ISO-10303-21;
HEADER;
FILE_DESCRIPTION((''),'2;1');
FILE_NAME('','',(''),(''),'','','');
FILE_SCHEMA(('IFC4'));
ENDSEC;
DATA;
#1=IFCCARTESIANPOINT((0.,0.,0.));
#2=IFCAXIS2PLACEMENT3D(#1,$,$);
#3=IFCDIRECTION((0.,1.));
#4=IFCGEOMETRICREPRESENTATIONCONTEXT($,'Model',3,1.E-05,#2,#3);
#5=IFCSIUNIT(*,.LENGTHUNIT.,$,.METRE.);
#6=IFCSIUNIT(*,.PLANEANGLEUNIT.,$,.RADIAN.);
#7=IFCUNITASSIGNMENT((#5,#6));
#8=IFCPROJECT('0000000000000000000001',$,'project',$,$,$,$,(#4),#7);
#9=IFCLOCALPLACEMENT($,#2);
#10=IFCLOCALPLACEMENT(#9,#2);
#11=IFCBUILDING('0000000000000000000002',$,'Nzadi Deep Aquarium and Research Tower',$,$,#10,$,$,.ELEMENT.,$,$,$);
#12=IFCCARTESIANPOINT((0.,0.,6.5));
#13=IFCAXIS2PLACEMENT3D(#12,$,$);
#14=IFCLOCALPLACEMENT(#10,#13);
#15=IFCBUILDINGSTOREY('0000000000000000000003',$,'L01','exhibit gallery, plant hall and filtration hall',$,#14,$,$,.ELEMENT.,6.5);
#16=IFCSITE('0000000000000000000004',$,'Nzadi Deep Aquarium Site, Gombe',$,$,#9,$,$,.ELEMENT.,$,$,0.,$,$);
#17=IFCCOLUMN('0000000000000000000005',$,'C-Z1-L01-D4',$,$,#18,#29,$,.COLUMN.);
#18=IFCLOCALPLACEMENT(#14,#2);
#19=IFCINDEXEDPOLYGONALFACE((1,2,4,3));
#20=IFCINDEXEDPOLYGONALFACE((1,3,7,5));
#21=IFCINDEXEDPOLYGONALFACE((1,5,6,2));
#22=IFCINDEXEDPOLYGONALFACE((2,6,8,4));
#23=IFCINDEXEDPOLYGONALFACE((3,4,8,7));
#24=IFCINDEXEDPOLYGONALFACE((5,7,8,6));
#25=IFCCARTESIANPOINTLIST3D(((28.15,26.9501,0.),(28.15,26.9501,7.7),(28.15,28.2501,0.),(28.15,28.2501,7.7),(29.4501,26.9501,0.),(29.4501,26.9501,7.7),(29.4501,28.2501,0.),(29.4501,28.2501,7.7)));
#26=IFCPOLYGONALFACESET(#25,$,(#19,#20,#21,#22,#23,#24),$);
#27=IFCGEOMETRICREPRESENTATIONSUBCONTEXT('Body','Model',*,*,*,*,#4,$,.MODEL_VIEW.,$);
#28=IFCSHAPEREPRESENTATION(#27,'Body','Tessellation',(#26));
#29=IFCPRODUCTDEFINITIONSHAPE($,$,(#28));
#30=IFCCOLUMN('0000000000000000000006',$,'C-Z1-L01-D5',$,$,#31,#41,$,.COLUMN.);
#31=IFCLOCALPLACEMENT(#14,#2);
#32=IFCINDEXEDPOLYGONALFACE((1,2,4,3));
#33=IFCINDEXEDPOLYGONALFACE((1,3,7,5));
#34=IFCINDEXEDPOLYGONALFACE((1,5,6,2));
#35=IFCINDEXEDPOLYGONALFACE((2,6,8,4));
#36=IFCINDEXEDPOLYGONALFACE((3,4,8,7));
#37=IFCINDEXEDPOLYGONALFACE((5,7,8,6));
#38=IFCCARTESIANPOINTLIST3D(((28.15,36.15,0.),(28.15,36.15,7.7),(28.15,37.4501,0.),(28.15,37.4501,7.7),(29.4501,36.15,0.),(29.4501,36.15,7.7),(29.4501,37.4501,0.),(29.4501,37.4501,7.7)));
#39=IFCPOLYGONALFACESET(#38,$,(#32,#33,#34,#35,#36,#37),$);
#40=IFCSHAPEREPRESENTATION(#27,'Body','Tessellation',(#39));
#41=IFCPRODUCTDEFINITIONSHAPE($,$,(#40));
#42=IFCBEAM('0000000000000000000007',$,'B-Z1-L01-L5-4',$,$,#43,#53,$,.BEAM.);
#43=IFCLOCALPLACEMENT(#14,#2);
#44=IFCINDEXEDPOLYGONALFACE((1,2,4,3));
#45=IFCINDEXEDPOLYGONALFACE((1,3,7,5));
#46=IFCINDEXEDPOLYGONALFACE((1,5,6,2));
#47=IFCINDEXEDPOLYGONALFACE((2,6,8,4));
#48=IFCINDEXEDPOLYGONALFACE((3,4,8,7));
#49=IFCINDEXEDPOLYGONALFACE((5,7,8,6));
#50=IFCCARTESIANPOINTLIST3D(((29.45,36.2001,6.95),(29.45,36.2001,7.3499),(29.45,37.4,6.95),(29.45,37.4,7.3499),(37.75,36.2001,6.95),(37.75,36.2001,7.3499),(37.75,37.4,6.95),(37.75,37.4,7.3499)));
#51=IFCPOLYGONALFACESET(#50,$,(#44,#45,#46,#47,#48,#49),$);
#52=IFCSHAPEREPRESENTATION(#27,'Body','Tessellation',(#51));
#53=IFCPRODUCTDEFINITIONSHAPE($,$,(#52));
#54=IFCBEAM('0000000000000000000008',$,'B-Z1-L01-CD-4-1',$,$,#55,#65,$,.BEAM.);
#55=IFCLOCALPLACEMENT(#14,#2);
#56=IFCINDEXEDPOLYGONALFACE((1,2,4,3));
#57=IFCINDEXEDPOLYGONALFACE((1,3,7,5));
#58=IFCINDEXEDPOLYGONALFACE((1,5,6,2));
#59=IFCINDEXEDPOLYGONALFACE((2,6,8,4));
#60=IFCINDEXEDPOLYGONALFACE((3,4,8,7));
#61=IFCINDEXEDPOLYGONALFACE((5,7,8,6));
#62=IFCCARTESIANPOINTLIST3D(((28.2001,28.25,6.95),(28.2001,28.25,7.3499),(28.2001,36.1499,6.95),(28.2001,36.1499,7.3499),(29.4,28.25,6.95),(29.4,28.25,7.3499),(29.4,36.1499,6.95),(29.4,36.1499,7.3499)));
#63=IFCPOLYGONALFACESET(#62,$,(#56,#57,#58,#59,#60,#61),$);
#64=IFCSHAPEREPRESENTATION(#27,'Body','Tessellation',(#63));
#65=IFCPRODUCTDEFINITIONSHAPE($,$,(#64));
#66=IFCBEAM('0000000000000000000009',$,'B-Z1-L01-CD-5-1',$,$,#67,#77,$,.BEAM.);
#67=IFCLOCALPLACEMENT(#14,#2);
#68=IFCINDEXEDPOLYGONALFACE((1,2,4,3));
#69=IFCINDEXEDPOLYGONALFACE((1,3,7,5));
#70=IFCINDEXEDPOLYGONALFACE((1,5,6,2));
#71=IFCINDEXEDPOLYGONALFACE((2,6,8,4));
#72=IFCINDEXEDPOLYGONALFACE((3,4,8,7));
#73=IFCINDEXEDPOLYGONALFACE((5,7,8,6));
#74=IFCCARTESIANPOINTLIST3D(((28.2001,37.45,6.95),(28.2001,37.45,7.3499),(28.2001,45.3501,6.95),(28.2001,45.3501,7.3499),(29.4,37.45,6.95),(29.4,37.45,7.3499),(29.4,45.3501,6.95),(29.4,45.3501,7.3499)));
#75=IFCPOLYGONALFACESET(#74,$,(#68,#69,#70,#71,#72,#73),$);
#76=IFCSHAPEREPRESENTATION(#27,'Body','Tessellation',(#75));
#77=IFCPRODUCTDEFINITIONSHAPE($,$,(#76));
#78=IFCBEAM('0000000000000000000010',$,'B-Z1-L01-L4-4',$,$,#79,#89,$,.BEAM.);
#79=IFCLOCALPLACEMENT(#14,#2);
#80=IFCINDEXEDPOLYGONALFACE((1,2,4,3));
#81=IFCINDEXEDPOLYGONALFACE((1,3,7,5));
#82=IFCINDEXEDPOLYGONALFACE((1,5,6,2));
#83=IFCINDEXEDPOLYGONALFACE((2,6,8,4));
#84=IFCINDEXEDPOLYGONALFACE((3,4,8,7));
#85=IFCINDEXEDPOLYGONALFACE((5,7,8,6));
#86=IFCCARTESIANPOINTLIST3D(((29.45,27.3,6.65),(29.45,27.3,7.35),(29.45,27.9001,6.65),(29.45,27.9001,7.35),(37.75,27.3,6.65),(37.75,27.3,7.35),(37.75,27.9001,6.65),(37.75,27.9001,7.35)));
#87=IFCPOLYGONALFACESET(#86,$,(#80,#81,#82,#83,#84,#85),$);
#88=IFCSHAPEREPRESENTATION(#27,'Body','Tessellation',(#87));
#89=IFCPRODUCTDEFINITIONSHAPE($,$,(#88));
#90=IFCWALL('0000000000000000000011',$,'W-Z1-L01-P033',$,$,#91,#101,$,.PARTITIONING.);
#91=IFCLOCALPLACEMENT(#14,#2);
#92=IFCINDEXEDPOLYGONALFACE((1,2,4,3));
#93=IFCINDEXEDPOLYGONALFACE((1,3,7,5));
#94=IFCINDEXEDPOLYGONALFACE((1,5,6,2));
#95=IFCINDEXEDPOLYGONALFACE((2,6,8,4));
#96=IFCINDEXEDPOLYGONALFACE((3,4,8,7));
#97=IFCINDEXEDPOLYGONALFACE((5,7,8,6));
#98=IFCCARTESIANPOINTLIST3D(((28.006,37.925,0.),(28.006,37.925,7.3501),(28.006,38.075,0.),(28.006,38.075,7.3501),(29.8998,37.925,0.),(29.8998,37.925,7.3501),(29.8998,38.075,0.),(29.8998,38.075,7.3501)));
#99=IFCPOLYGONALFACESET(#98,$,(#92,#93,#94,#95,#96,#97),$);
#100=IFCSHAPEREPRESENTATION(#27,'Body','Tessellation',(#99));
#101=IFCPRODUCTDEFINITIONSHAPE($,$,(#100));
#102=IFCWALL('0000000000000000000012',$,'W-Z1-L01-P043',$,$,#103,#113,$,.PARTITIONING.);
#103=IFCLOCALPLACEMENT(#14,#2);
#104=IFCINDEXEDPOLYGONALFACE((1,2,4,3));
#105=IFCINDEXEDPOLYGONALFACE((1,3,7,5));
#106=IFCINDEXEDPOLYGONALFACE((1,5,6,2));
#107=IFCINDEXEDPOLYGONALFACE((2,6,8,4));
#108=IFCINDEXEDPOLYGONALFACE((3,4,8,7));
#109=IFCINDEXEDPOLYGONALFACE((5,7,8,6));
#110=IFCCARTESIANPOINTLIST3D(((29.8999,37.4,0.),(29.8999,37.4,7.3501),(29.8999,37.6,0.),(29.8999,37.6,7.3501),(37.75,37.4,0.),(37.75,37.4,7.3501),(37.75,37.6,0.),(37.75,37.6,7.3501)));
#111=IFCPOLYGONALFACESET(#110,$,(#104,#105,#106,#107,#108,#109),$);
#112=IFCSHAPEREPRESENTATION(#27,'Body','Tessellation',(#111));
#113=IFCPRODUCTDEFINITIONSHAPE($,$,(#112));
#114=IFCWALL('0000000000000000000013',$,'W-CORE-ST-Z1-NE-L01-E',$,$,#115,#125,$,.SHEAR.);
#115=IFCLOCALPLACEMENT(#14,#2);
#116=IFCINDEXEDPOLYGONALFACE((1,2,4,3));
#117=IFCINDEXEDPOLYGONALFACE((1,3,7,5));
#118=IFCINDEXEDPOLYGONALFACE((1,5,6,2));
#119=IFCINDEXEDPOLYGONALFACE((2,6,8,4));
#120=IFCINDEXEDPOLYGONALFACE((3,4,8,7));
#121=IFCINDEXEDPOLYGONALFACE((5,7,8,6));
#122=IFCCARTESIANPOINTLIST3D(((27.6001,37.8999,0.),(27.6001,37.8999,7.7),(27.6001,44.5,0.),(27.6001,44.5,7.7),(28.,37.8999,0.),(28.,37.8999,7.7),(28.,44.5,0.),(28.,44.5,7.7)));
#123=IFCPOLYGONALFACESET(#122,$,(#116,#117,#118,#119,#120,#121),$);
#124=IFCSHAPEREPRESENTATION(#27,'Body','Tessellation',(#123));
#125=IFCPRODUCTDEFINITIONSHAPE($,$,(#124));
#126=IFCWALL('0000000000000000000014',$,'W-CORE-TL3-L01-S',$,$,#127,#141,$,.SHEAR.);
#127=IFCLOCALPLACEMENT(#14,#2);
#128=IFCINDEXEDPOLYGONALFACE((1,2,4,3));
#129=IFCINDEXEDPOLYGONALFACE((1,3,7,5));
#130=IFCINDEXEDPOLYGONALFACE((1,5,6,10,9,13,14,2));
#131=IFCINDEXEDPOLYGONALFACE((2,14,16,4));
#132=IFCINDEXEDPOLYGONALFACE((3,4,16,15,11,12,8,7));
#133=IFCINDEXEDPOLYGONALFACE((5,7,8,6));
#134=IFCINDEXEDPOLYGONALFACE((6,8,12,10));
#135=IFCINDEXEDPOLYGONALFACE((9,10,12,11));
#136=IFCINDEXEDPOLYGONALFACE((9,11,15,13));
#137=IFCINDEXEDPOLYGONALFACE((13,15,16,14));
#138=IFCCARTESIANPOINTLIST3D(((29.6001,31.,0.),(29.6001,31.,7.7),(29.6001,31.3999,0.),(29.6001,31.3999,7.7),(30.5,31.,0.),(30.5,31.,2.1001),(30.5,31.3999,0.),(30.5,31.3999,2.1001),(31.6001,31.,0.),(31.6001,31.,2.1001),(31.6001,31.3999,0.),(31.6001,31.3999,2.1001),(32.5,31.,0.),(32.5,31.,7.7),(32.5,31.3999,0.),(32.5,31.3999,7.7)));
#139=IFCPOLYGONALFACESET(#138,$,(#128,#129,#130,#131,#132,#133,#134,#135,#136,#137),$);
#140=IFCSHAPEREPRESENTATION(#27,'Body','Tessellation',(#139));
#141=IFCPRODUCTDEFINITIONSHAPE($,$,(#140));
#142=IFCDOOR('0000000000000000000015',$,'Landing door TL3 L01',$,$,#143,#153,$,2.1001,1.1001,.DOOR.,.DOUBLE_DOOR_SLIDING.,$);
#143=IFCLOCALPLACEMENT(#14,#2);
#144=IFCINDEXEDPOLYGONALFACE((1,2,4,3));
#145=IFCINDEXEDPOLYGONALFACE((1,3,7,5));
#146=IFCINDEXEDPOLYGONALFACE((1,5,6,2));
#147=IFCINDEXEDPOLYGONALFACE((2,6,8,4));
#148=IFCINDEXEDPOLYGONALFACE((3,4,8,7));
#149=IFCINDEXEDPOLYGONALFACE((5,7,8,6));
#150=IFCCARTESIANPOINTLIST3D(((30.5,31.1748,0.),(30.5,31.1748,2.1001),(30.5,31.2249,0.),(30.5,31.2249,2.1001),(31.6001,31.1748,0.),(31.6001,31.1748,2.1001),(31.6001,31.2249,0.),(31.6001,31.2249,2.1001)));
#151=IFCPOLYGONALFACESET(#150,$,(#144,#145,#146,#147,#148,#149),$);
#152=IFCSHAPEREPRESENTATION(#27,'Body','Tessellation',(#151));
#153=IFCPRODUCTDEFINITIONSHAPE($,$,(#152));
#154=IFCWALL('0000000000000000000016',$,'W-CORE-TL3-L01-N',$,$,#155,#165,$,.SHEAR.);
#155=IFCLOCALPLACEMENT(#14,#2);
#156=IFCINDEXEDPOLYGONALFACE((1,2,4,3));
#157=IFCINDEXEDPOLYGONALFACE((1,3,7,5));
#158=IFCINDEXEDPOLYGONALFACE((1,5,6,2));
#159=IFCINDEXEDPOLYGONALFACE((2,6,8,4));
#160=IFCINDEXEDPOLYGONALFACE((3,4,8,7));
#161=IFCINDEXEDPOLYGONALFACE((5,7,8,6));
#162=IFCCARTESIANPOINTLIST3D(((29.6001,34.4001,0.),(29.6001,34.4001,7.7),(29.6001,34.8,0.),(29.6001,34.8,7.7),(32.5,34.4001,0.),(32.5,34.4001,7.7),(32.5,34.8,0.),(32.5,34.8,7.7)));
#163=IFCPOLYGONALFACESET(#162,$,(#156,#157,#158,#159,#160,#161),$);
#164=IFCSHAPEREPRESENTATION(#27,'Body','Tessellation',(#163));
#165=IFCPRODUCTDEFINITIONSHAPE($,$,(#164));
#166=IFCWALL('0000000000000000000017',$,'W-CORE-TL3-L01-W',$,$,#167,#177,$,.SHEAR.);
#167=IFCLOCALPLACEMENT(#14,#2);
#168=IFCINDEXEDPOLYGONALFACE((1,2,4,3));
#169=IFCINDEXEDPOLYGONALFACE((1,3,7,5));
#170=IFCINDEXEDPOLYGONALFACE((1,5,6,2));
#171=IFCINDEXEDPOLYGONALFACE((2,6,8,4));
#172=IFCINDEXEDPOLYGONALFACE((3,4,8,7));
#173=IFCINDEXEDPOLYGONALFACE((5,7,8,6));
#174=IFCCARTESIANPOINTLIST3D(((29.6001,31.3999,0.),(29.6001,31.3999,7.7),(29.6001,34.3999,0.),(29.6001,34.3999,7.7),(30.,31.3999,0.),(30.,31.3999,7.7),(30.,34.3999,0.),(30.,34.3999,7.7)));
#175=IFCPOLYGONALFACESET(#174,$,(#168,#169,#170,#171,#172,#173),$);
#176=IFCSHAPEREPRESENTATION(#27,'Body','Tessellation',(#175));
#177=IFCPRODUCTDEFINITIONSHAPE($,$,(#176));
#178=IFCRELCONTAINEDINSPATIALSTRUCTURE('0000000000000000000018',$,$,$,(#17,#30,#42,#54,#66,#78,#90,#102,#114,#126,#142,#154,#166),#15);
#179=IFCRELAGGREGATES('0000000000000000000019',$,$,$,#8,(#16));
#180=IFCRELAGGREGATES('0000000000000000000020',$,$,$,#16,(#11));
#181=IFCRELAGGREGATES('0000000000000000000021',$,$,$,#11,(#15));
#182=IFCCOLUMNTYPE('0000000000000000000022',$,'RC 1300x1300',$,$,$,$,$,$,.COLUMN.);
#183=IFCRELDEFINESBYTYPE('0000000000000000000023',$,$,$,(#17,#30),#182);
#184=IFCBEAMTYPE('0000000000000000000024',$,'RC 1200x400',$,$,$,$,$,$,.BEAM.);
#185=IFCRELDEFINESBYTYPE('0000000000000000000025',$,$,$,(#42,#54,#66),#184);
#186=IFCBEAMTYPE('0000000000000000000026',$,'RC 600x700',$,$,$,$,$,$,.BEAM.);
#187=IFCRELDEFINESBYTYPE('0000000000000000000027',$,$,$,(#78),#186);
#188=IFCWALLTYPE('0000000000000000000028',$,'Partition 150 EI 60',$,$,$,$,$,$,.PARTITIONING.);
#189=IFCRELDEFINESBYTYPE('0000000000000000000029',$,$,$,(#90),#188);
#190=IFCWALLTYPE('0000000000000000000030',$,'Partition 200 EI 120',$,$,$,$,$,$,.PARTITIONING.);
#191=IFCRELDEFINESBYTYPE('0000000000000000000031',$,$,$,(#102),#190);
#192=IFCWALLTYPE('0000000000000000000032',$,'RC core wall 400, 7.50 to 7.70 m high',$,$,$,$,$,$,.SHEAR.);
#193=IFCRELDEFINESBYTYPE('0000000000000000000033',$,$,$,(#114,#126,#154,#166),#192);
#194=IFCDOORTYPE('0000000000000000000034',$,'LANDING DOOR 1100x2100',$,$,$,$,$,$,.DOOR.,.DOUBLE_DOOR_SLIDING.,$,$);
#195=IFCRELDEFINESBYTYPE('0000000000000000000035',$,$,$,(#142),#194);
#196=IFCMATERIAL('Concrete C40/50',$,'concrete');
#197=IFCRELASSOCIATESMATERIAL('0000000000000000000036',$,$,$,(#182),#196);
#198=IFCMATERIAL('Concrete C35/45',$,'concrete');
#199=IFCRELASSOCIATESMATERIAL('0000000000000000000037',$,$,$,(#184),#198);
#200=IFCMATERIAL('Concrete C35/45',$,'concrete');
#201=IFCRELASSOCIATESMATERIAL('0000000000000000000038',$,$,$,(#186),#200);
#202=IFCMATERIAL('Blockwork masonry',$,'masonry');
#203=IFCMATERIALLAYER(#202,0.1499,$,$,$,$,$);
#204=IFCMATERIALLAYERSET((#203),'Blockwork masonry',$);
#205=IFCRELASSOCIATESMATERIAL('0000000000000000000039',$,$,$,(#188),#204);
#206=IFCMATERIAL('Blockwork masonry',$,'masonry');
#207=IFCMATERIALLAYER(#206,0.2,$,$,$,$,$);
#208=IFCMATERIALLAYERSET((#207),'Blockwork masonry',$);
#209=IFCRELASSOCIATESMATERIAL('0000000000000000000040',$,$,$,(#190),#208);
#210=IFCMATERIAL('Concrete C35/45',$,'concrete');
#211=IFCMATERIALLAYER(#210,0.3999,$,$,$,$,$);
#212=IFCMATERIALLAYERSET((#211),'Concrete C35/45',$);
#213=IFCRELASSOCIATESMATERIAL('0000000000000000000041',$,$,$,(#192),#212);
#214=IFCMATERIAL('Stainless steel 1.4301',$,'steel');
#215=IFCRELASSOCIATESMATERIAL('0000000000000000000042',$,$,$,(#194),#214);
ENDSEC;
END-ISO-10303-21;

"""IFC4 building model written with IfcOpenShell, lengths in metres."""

from ifc_helpers import new_model, si_unit, direction, frame, frame_2d, origin, origin_2d, place, context, subcontext, project, spatial, rectangle, extrude, material, layer, layer_set, material_profile, profile_set, type_object, element, fill, save


model = new_model("IFC4")

# Units and contexts
model_context = context("Model", 3, precision=1e-05, world=origin(), true_north=direction((0.0, 1.0)))
body_context = subcontext(model_context, "Body", "Model", "MODEL_VIEW")
ifc_project = project(units=[si_unit("LENGTHUNIT", "METRE"), si_unit("PLANEANGLEUNIT", "RADIAN")], contexts=[model_context])

# Site, building, storey
site_placement = place(None, origin())
site = spatial("IfcSite", under=ifc_project, at=site_placement, Name="Nzadi Deep Aquarium Site, Gombe", CompositionType="ELEMENT", RefElevation=0.0)
building_placement = place(site_placement, origin())
building = spatial("IfcBuilding", under=site, at=building_placement, Name="Nzadi Deep Aquarium and Research Tower", CompositionType="ELEMENT")
storey_placement = place(building_placement, frame((0.0, 0.0, 6.5)))
storey = spatial("IfcBuildingStorey", under=building, at=storey_placement, Name="L01", Description="exhibit gallery, plant hall and filtration hall", CompositionType="ELEMENT", Elevation=6.5)

# Columns
ifc_material_1 = material(Name="Concrete C40/50", Category="concrete")
ifc_material_profile_1 = material_profile(ifc_material_1, rectangle(XDim=1.3, YDim=1.3, at=origin_2d()))
ifc_profile_set_1 = profile_set([ifc_material_profile_1], Name="Concrete C40/50")
column_type = type_object("IfcColumnType", Name="RC 1300x1300", PredefinedType="COLUMN", material=ifc_profile_set_1)
for number, where, z_axis, x_axis, name in (
    (1, (28.8, 27.6001, 0.0), (0.0, 0.0, 1.0), (1.0, 0.0, 0.0), "C-Z1-L01-D4"),
    (2, (28.8, 36.8, 0.0), (0.0, 0.0, 1.0), (1.0, 0.0, 0.0), "C-Z1-L01-D5"),
):
    element("IfcColumn", number, at=place(storey_placement, frame(where, z_axis=z_axis, x_axis=x_axis)), inside=storey, type_object=column_type, Name=name, PredefinedType="COLUMN", context=body_context, shape_type="SweptSolid", body=[
        extrude(rectangle(XDim=1.3, YDim=1.3, at=origin_2d()), origin(), (0.0, 0.0, 1.0), 7.7),
    ])

# Beams
ifc_material_2 = material(Name="Concrete C35/45", Category="concrete")
ifc_material_profile_2 = material_profile(ifc_material_2, rectangle(XDim=1.2, YDim=0.3999, at=origin_2d()))
ifc_profile_set_2 = profile_set([ifc_material_profile_2], Name="Concrete C35/45")
beam_type_1 = type_object("IfcBeamType", Name="RC 1200x400", PredefinedType="BEAM", material=ifc_profile_set_2)
beam_1_placement = place(storey_placement, frame((29.45, 36.8, 7.1499), z_axis=(1.0, 0.0, 0.0), x_axis=(0.0, 1.0, 0.0)))
element("IfcBeam", 3, at=beam_1_placement, inside=storey, type_object=beam_type_1, Name="B-Z1-L01-L5-4", PredefinedType="BEAM", context=body_context, shape_type="SweptSolid", body=[
    extrude(rectangle(XDim=1.2, YDim=0.3999, at=origin_2d()), origin(), (0.0, 0.0, 1.0), 8.3),
])
beam_2_placement = place(storey_placement, frame((28.8, 28.25, 7.1499), z_axis=(0.0, 1.0, 0.0), x_axis=(-1.0, 0.0, 0.0)))
element("IfcBeam", 4, at=beam_2_placement, inside=storey, type_object=beam_type_1, Name="B-Z1-L01-CD-4-1", PredefinedType="BEAM", context=body_context, shape_type="SweptSolid", body=[
    extrude(rectangle(XDim=1.2, YDim=0.3999, at=origin_2d()), origin(), (0.0, 0.0, 1.0), 7.8999),
])
beam_3_placement = place(storey_placement, frame((28.8, 37.45, 7.1499), z_axis=(0.0, 1.0, 0.0), x_axis=(-1.0, 0.0, 0.0)))
element("IfcBeam", 5, at=beam_3_placement, inside=storey, type_object=beam_type_1, Name="B-Z1-L01-CD-5-1", PredefinedType="BEAM", context=body_context, shape_type="SweptSolid", body=[
    extrude(rectangle(XDim=1.2, YDim=0.3999, at=origin_2d()), origin(), (0.0, 0.0, 1.0), 7.9001),
])
ifc_material_3 = material(Name="Concrete C35/45", Category="concrete")
ifc_material_profile_3 = material_profile(ifc_material_3, rectangle(XDim=0.6001, YDim=0.7, at=origin_2d()))
ifc_profile_set_3 = profile_set([ifc_material_profile_3], Name="Concrete C35/45")
beam_type_2 = type_object("IfcBeamType", Name="RC 600x700", PredefinedType="BEAM", material=ifc_profile_set_3)
beam_4_placement = place(storey_placement, frame((29.45, 27.6001, 7.0), z_axis=(1.0, 0.0, 0.0), x_axis=(0.0, 1.0, 0.0)))
element("IfcBeam", 6, at=beam_4_placement, inside=storey, type_object=beam_type_2, Name="B-Z1-L01-L4-4", PredefinedType="BEAM", context=body_context, shape_type="SweptSolid", body=[
    extrude(rectangle(XDim=0.6001, YDim=0.7, at=origin_2d()), origin(), (0.0, 0.0, 1.0), 8.3),
])

# Walls
ifc_material_4 = material(Name="Blockwork masonry", Category="masonry")
ifc_layer_1 = layer(ifc_material_4, 0.1499)
ifc_layer_set_1 = layer_set([ifc_layer_1], Name="Blockwork masonry")
wall_type_1 = type_object("IfcWallType", Name="Partition 150 EI 60", PredefinedType="PARTITIONING", material=ifc_layer_set_1)
wall_1_placement = place(storey_placement, frame((28.0061, 38.0, 0.0), z_axis=(0.0, 0.0, 1.0), x_axis=(1.0, 0.0, 0.0)))
element("IfcWall", 7, at=wall_1_placement, inside=storey, type_object=wall_type_1, Name="W-Z1-L01-P033", PredefinedType="PARTITIONING", context=body_context, shape_type="SweptSolid", body=[
    extrude(rectangle(XDim=1.8938, YDim=0.1499, at=frame_2d((0.9468, 0.0))), origin(), (0.0, 0.0, 1.0), 7.3501),
])
ifc_material_5 = material(Name="Blockwork masonry", Category="masonry")
ifc_layer_2 = layer(ifc_material_5, 0.2)
ifc_layer_set_2 = layer_set([ifc_layer_2], Name="Blockwork masonry")
wall_type_2 = type_object("IfcWallType", Name="Partition 200 EI 120", PredefinedType="PARTITIONING", material=ifc_layer_set_2)
wall_2_placement = place(storey_placement, frame((29.8999, 37.5, 0.0), z_axis=(0.0, 0.0, 1.0), x_axis=(1.0, 0.0, 0.0)))
element("IfcWall", 8, at=wall_2_placement, inside=storey, type_object=wall_type_2, Name="W-Z1-L01-P043", PredefinedType="PARTITIONING", context=body_context, shape_type="SweptSolid", body=[
    extrude(rectangle(XDim=7.8501, YDim=0.2, at=frame_2d((3.925, 0.0))), origin(), (0.0, 0.0, 1.0), 7.3501),
])
ifc_material_6 = material(Name="Concrete C35/45", Category="concrete")
ifc_layer_3 = layer(ifc_material_6, 0.3999)
ifc_layer_set_3 = layer_set([ifc_layer_3], Name="Concrete C35/45")
wall_type_3 = type_object("IfcWallType", Name="RC core wall 400, 7.50 to 7.70 m high", PredefinedType="SHEAR", material=ifc_layer_set_3)
wall_3_placement = place(storey_placement, frame((27.8, 37.8999, 0.0), z_axis=(0.0, 0.0, 1.0), x_axis=(0.0, 1.0, 0.0)))
element("IfcWall", 9, at=wall_3_placement, inside=storey, type_object=wall_type_3, Name="W-CORE-ST-Z1-NE-L01-E", PredefinedType="SHEAR", context=body_context, shape_type="SweptSolid", body=[
    extrude(rectangle(XDim=6.6001, YDim=0.3999, at=frame_2d((3.3, 0.0))), origin(), (0.0, 0.0, 1.0), 7.7),
])

# Wall, opening, door
wall_4_placement = place(storey_placement, frame((29.6001, 31.2, 0.0), z_axis=(0.0, 0.0, 1.0), x_axis=(1.0, 0.0, 0.0)))
wall_4 = element("IfcWall", 10, at=wall_4_placement, inside=storey, type_object=wall_type_3, Name="W-CORE-TL3-L01-S", PredefinedType="SHEAR", context=body_context, shape_type="SweptSolid", body=[
    extrude(rectangle(XDim=2.8999, YDim=0.3999, at=frame_2d((1.45, 0.0))), origin(), (0.0, 0.0, 1.0), 7.7),
])
opening_placement = place(wall_4_placement, frame((0.8999, 0.0, 0.0)))
opening = element("IfcOpeningElement", 11, at=opening_placement, cuts=wall_4, PredefinedType="OPENING", context=body_context, shape_type="SweptSolid", body=[
    extrude(rectangle(XDim=1.1001, YDim=2.1001, at=frame_2d((0.55, 1.05))), frame((0.0, 0.21, 0.0), z_axis=(0.0, -1.0, 0.0), x_axis=(1.0, 0.0, 0.0)), (0.0, 0.0, 1.0), 0.4199),
])
ifc_material_7 = material(Name="Stainless steel 1.4301", Category="steel")
door_type = type_object("IfcDoorType", Name="LANDING DOOR 1100x2100", OperationType="DOUBLE_DOOR_SLIDING", PredefinedType="DOOR", material=ifc_material_7)
door_placement = place(opening_placement, origin())
door = element("IfcDoor", 12, at=door_placement, inside=storey, type_object=door_type, Name="Landing door TL3 L01", OperationType="DOUBLE_DOOR_SLIDING", OverallHeight=2.1001, OverallWidth=1.1001, PredefinedType="DOOR", context=body_context, shape_type="SweptSolid", body=[
    extrude(rectangle(XDim=1.1001, YDim=2.1001, at=frame_2d((0.55, 1.05))), frame((0.0, 0.0249, 0.0), z_axis=(0.0, -1.0, 0.0), x_axis=(1.0, 0.0, 0.0)), (0.0, 0.0, 1.0), 0.05),
])
fill(opening, door)

# Walls
wall_5_placement = place(storey_placement, frame((29.6001, 34.6001, 0.0), z_axis=(0.0, 0.0, 1.0), x_axis=(1.0, 0.0, 0.0)))
element("IfcWall", 13, at=wall_5_placement, inside=storey, type_object=wall_type_3, Name="W-CORE-TL3-L01-N", PredefinedType="SHEAR", context=body_context, shape_type="SweptSolid", body=[
    extrude(rectangle(XDim=2.8999, YDim=0.3999, at=frame_2d((1.45, 0.0))), origin(), (0.0, 0.0, 1.0), 7.7),
])
wall_6_placement = place(storey_placement, frame((29.8, 31.3999, 0.0), z_axis=(0.0, 0.0, 1.0), x_axis=(0.0, 1.0, 0.0)))
element("IfcWall", 14, at=wall_6_placement, inside=storey, type_object=wall_type_3, Name="W-CORE-TL3-L01-W", PredefinedType="SHEAR", context=body_context, shape_type="SweptSolid", body=[
    extrude(rectangle(XDim=3.0, YDim=0.3999, at=frame_2d((1.5, 0.0))), origin(), (0.0, 0.0, 1.0), 7.7),
])

save(model, "model.ifc")
